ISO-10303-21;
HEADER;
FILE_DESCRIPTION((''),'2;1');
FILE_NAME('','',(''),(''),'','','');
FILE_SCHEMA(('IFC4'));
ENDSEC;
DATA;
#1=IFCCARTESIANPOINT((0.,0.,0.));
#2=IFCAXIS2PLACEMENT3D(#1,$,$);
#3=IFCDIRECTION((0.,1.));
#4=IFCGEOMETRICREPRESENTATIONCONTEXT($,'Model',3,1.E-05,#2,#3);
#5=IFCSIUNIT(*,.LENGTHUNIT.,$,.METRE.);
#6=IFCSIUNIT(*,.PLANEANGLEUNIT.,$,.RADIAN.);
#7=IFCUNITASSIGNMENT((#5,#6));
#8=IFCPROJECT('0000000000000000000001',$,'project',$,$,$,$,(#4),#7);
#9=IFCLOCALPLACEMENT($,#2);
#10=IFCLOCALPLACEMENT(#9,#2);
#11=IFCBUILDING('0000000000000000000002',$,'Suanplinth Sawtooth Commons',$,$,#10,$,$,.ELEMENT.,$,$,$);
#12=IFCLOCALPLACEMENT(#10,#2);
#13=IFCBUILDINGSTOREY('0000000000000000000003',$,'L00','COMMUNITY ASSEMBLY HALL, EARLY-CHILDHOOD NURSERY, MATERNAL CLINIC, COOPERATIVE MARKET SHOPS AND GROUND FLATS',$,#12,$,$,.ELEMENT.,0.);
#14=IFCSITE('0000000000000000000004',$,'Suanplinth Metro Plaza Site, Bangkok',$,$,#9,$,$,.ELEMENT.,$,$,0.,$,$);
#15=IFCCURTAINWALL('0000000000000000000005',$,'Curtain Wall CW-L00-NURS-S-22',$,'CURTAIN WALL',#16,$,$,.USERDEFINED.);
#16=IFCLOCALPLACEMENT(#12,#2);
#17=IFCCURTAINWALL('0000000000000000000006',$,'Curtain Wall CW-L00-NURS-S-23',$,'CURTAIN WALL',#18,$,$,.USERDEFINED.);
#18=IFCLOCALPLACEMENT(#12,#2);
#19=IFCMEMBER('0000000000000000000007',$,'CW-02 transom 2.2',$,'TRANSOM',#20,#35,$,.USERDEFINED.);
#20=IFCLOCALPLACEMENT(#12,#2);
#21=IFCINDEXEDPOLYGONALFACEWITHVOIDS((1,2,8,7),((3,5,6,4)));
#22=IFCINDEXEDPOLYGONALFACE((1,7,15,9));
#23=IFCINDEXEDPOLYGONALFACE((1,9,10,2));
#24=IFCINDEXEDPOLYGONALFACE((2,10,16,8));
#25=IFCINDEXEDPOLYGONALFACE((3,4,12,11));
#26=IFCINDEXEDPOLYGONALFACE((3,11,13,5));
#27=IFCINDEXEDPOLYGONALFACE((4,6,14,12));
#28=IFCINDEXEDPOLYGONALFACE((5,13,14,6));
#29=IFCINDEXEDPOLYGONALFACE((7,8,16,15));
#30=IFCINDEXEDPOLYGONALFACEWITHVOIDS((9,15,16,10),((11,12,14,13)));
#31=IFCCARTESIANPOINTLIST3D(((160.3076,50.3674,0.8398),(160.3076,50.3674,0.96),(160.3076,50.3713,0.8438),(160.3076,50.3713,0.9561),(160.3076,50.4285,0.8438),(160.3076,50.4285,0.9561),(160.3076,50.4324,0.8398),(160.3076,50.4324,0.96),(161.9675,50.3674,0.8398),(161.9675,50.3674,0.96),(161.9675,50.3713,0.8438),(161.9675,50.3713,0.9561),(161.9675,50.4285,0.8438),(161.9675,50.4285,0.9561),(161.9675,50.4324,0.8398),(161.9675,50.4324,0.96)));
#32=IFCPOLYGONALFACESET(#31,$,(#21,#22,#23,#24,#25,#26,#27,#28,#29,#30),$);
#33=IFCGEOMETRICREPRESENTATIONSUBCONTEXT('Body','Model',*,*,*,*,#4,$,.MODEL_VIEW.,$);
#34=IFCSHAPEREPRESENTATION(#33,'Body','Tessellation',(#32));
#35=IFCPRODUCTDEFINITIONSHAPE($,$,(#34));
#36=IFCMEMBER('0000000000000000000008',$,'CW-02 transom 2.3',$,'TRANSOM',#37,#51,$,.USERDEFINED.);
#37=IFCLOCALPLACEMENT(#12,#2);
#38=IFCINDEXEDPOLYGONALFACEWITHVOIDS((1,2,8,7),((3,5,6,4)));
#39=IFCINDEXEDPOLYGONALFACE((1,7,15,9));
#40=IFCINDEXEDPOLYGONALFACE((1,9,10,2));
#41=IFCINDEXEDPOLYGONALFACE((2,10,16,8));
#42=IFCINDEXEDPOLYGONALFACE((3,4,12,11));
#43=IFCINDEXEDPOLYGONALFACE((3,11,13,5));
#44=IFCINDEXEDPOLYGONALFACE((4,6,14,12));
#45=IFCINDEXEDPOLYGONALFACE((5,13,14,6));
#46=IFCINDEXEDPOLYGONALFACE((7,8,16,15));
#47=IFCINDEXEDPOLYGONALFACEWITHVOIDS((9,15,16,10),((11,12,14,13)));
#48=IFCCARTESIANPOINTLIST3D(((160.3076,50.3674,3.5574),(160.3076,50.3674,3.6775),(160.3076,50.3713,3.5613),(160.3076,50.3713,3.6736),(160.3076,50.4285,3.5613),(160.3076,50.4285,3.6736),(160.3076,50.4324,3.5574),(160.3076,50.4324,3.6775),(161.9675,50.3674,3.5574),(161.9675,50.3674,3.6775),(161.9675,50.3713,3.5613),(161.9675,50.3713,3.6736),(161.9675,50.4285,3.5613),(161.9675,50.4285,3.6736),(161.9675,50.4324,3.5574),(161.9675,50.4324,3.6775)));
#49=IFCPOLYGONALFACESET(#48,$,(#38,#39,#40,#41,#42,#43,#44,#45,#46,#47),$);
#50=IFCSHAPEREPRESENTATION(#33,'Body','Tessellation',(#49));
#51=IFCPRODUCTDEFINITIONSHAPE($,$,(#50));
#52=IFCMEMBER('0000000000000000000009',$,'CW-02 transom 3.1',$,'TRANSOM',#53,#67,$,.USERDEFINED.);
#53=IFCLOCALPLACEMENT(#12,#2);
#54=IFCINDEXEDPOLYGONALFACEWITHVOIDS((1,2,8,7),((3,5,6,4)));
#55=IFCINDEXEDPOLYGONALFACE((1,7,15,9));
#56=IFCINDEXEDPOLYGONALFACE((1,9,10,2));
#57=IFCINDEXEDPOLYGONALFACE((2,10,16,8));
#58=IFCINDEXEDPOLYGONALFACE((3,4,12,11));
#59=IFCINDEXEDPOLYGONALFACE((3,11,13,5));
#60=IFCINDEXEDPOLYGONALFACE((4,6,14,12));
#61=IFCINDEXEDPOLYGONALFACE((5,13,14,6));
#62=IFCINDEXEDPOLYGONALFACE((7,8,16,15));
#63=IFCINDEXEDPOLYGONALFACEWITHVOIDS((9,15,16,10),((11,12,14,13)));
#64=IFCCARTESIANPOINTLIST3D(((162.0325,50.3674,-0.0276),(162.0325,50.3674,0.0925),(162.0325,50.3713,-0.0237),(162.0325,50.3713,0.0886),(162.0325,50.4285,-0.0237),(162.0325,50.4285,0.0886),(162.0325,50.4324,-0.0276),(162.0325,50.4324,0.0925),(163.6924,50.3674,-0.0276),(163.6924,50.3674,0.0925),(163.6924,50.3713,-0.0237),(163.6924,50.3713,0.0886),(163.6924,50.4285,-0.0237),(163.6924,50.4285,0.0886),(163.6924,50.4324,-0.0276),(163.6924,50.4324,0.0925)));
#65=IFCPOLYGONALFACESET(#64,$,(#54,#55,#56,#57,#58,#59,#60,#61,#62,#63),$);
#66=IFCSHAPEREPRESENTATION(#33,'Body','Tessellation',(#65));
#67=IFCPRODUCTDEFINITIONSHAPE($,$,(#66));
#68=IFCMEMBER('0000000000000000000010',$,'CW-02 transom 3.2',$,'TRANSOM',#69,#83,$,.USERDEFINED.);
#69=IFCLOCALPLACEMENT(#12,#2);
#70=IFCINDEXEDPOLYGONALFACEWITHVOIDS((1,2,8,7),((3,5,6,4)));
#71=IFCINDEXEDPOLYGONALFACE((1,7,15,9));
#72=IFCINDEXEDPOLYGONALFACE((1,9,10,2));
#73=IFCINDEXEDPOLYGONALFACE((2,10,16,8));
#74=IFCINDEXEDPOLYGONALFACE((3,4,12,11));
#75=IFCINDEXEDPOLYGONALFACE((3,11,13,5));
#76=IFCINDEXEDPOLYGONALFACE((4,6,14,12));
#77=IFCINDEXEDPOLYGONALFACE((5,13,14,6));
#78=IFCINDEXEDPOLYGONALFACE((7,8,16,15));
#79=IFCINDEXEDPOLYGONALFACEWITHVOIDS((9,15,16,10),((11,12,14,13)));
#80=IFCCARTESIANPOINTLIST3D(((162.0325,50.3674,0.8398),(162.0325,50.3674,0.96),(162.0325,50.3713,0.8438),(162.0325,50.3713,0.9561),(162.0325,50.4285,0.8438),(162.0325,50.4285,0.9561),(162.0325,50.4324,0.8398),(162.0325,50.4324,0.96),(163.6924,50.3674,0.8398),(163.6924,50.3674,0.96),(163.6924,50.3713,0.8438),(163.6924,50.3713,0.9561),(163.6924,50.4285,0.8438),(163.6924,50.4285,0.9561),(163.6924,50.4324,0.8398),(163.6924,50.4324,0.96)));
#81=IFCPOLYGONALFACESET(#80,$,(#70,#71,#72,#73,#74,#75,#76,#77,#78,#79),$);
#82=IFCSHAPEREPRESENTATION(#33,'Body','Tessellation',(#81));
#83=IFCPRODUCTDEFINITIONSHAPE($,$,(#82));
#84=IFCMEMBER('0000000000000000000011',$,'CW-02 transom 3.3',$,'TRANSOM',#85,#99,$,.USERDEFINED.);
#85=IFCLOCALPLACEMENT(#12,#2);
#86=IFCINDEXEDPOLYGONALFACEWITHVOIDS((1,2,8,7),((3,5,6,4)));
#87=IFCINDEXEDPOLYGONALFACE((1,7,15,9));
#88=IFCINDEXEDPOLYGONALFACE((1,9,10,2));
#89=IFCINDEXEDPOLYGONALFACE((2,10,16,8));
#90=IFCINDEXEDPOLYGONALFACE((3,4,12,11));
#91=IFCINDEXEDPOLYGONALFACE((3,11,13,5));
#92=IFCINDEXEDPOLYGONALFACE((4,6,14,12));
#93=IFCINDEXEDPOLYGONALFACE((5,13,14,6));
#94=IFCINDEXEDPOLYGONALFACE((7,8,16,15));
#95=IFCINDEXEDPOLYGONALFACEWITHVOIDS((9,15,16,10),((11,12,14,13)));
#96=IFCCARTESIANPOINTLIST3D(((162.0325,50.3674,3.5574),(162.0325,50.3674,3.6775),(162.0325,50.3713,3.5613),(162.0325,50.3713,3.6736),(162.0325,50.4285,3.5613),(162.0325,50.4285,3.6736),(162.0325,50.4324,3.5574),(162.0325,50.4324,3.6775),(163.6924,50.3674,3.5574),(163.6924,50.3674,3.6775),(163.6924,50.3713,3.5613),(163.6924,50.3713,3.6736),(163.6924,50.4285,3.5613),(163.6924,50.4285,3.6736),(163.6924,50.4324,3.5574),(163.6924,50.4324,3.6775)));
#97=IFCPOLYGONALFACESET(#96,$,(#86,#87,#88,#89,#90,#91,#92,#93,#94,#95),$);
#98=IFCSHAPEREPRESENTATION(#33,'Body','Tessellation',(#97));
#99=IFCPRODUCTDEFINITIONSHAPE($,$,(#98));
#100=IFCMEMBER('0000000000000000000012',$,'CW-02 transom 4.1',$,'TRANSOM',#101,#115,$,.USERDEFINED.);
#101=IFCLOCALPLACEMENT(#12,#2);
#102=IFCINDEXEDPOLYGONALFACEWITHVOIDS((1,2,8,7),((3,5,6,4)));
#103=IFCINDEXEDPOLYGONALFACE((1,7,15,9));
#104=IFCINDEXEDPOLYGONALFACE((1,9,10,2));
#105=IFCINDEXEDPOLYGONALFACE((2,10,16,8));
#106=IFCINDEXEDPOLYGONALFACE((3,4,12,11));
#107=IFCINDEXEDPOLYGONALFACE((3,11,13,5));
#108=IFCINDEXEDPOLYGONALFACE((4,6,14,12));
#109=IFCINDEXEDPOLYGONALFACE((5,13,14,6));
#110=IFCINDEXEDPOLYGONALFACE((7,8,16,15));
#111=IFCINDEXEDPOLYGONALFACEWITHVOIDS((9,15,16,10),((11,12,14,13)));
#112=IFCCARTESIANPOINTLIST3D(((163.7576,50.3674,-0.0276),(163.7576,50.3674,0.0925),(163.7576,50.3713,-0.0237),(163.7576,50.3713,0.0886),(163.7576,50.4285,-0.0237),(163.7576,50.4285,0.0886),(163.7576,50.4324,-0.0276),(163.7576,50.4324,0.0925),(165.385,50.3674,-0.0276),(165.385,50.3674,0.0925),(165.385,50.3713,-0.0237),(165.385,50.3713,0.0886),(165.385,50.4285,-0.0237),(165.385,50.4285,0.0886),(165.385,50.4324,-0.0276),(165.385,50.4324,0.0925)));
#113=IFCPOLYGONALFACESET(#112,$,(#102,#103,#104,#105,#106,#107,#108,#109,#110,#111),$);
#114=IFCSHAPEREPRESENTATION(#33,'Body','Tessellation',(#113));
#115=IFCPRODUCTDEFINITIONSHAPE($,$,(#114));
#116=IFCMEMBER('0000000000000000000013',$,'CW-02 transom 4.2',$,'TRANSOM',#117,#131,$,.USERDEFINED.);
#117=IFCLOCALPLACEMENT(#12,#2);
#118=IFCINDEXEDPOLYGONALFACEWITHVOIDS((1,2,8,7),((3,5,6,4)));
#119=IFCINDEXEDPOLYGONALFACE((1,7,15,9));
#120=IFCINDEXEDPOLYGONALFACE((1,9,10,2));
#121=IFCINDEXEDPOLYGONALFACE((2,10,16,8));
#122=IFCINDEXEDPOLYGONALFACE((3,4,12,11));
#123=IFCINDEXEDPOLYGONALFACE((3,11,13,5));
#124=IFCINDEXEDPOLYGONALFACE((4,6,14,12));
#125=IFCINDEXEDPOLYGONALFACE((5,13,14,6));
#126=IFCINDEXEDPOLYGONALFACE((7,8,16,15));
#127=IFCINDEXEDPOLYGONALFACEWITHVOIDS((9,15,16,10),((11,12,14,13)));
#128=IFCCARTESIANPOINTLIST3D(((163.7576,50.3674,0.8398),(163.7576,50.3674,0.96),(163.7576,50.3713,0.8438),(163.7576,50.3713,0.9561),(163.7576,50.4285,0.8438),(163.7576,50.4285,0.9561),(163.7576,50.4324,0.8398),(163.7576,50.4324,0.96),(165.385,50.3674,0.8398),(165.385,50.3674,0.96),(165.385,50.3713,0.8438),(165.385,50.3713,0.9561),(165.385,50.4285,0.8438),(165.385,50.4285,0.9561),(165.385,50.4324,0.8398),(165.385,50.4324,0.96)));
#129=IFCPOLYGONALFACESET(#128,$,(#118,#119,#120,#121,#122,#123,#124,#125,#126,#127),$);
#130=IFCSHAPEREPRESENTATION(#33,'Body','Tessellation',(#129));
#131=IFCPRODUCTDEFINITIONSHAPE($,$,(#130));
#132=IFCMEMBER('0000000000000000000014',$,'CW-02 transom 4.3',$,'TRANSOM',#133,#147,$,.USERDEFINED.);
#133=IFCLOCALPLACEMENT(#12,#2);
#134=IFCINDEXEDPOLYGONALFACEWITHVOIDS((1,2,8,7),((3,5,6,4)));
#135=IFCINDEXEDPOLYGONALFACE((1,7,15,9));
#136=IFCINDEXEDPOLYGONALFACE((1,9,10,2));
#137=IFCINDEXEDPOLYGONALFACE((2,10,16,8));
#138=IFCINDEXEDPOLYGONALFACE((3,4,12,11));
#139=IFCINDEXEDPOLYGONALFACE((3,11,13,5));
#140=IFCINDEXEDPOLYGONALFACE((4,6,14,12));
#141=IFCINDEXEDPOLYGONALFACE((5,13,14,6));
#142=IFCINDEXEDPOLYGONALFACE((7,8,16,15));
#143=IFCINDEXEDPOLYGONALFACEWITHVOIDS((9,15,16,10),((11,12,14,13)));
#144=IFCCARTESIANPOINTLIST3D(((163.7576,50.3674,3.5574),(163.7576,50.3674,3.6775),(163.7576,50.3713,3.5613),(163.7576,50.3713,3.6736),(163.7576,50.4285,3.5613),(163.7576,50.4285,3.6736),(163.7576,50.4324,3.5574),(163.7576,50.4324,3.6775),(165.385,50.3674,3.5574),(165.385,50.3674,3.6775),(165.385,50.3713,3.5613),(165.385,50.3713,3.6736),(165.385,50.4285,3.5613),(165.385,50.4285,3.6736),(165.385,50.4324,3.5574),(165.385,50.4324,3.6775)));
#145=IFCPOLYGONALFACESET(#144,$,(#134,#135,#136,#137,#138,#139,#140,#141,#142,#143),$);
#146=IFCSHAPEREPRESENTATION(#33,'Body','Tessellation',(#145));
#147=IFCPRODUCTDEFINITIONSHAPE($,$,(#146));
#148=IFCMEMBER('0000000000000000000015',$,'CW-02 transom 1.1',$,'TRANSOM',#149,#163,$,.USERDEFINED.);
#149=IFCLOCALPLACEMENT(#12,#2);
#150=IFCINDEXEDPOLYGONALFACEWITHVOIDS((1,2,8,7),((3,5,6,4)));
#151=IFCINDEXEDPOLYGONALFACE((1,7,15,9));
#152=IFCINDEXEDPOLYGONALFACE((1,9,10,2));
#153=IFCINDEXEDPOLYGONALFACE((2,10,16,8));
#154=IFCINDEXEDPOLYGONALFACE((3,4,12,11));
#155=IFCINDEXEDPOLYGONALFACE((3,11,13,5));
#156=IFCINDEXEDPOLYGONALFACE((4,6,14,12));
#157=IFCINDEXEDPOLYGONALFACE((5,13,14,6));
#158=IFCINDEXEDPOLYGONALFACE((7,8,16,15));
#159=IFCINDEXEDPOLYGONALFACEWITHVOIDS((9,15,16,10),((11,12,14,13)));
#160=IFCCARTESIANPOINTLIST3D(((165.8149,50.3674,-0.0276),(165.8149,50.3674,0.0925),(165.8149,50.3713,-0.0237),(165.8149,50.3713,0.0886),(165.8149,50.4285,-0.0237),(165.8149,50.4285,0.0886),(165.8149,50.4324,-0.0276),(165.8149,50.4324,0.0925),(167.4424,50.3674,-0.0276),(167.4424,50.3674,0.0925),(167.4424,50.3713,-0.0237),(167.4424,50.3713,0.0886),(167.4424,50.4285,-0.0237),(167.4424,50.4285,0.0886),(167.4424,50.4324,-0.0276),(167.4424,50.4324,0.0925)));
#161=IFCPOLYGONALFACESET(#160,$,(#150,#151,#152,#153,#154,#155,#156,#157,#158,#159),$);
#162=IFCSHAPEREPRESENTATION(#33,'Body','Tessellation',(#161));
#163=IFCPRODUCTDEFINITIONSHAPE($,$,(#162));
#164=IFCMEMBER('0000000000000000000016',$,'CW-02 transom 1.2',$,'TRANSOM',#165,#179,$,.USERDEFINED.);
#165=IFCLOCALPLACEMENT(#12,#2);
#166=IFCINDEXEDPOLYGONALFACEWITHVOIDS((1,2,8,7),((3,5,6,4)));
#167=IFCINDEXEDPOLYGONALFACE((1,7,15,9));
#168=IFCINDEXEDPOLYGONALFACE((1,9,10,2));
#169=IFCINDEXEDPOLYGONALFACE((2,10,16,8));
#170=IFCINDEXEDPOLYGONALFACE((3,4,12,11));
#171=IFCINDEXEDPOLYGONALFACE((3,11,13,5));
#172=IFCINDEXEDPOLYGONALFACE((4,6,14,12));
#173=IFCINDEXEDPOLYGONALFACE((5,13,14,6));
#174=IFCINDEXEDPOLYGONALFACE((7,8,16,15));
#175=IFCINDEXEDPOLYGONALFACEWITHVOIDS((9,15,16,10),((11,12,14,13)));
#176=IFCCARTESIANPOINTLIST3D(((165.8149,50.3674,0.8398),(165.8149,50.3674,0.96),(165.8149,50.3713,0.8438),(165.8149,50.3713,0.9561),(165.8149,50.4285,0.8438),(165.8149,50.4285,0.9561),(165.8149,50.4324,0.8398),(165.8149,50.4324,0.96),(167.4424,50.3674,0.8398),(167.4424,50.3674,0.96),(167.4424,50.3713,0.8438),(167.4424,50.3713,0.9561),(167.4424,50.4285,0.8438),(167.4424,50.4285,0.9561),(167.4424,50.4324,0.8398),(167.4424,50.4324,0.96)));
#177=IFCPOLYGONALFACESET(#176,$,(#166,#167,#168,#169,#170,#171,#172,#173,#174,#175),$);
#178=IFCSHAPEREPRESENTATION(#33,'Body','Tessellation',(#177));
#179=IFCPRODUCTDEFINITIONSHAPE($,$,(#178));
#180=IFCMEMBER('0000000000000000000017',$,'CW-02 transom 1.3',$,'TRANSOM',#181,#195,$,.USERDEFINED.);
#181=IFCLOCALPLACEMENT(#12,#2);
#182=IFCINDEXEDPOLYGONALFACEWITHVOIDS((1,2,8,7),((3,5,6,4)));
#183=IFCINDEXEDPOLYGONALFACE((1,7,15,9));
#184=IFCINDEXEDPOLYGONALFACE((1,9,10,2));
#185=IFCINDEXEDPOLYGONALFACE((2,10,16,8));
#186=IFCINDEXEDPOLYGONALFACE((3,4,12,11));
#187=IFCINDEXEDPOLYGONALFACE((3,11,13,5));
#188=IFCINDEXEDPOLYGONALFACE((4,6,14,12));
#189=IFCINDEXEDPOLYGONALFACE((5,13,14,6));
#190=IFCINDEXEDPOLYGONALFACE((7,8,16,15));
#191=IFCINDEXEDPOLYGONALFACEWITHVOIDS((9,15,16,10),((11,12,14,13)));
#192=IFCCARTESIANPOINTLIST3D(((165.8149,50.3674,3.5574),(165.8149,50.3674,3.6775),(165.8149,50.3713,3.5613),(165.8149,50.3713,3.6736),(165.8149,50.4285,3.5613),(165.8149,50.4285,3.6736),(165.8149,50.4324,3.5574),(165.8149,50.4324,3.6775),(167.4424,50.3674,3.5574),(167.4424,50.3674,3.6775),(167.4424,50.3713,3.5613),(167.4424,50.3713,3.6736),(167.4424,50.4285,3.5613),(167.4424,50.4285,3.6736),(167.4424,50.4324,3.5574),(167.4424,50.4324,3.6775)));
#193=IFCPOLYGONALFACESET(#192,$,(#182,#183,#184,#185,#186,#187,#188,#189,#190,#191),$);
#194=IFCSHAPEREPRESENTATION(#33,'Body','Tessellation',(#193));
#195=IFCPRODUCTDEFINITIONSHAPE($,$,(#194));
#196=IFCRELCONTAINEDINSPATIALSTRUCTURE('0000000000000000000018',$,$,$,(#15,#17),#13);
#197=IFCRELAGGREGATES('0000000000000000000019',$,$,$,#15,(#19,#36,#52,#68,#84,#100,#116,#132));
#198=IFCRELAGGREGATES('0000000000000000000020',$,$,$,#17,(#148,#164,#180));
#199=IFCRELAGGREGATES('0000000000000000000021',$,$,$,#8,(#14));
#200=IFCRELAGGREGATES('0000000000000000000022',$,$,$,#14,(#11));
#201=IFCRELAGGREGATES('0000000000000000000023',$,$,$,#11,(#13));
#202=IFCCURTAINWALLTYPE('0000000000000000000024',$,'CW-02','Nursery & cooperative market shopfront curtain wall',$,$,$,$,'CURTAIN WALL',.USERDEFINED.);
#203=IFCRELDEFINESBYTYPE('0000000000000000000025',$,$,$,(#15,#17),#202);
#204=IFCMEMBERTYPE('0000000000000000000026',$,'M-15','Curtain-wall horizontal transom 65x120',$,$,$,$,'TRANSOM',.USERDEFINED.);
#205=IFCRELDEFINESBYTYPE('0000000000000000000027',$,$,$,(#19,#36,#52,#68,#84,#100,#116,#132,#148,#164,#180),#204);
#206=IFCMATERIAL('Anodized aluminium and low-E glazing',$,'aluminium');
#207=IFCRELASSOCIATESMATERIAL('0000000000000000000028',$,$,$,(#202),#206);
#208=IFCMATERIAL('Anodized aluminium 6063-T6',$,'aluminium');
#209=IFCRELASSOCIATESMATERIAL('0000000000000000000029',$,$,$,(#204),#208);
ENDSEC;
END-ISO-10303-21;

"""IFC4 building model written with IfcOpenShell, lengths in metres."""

from ifc_helpers import new_model, si_unit, direction, frame, origin, origin_2d, place, context, subcontext, project, spatial, hollow_rectangle, extrude, material, material_profile, profile_set, type_object, element, aggregate, save


model = new_model("IFC4")

# Units and contexts
model_context = context("Model", 3, precision=1e-05, world=origin(), true_north=direction((0.0, 1.0)))
body_context = subcontext(model_context, "Body", "Model", "MODEL_VIEW")
ifc_project = project(units=[si_unit("LENGTHUNIT", "METRE"), si_unit("PLANEANGLEUNIT", "RADIAN")], contexts=[model_context])

# Site, building, storey
site_placement = place(None, origin())
site = spatial("IfcSite", under=ifc_project, at=site_placement, Name="Suanplinth Metro Plaza Site, Bangkok", CompositionType="ELEMENT", RefElevation=0.0)
building_placement = place(site_placement, origin())
building = spatial("IfcBuilding", under=site, at=building_placement, Name="Suanplinth Sawtooth Commons", CompositionType="ELEMENT")
storey_placement = place(building_placement, origin())
storey = spatial("IfcBuildingStorey", under=building, at=storey_placement, Name="L00", Description="COMMUNITY ASSEMBLY HALL, EARLY-CHILDHOOD NURSERY, MATERNAL CLINIC, COOPERATIVE MARKET SHOPS AND GROUND FLATS", CompositionType="ELEMENT", Elevation=0.0)

# Curtain walls
ifc_material_1 = material(Name="Anodized aluminium and low-E glazing", Category="aluminium")
curtain_wall_type = type_object("IfcCurtainWallType", Name="CW-02", Description="Nursery & cooperative market shopfront curtain wall", ElementType="CURTAIN WALL", PredefinedType="USERDEFINED", material=ifc_material_1)
curtain_wall_1_placement = place(storey_placement, origin())
curtain_wall_1 = element("IfcCurtainWall", 1, at=curtain_wall_1_placement, inside=storey, type_object=curtain_wall_type, Name="Curtain Wall CW-L00-NURS-S-22", ObjectType="CURTAIN WALL", PredefinedType="USERDEFINED")
ifc_material_2 = material(Name="Anodized aluminium 6063-T6", Category="aluminium")
curtain_wall_2_placement = place(storey_placement, origin())
curtain_wall_2 = element("IfcCurtainWall", 2, at=curtain_wall_2_placement, inside=storey, type_object=curtain_wall_type, Name="Curtain Wall CW-L00-NURS-S-23", ObjectType="CURTAIN WALL", PredefinedType="USERDEFINED")

# Members
ifc_material_profile_1 = material_profile(ifc_material_2, hollow_rectangle(XDim=0.0649, YDim=0.1201, WallThickness=0.0039, at=origin_2d()), Name="ALU-TRN 65x120")
ifc_profile_set_1 = profile_set([ifc_material_profile_1], Name="Anodized aluminium 6063-T6")
member_type_1 = type_object("IfcMemberType", Name="M-15", Description="Curtain-wall horizontal transom 65x120", ElementType="TRANSOM", PredefinedType="USERDEFINED", material=ifc_profile_set_1)
member_1_placement = place(storey_placement, frame((160.3076, 50.3999, 0.8999), z_axis=(1.0, 0.0, 0.0), x_axis=(0.0, 1.0, 0.0)))
member_1 = element("IfcMember", 3, at=member_1_placement, type_object=member_type_1, Name="CW-02 transom 2.2", ObjectType="TRANSOM", PredefinedType="USERDEFINED", context=body_context, shape_type="SweptSolid", body=[
    extrude(hollow_rectangle(XDim=0.0649, YDim=0.1201, WallThickness=0.0039, at=origin_2d()), origin(), (0.0, 0.0, 1.0), 1.6599),
])
member_2_placement = place(storey_placement, frame((160.3076, 50.3999, 3.6174), z_axis=(1.0, 0.0, 0.0), x_axis=(0.0, 1.0, 0.0)))
member_2 = element("IfcMember", 4, at=member_2_placement, type_object=member_type_1, Name="CW-02 transom 2.3", ObjectType="TRANSOM", PredefinedType="USERDEFINED", context=body_context, shape_type="SweptSolid", body=[
    extrude(hollow_rectangle(XDim=0.0649, YDim=0.1201, WallThickness=0.0039, at=origin_2d()), origin(), (0.0, 0.0, 1.0), 1.6599),
])
member_3_placement = place(storey_placement, frame((162.0325, 50.3999, 0.0325), z_axis=(1.0, 0.0, 0.0), x_axis=(0.0, 1.0, 0.0)))
member_3 = element("IfcMember", 5, at=member_3_placement, type_object=member_type_1, Name="CW-02 transom 3.1", ObjectType="TRANSOM", PredefinedType="USERDEFINED", context=body_context, shape_type="SweptSolid", body=[
    extrude(hollow_rectangle(XDim=0.0649, YDim=0.1201, WallThickness=0.0039, at=origin_2d()), origin(), (0.0, 0.0, 1.0), 1.6599),
])
member_4_placement = place(storey_placement, frame((162.0325, 50.3999, 0.8999), z_axis=(1.0, 0.0, 0.0), x_axis=(0.0, 1.0, 0.0)))
member_4 = element("IfcMember", 6, at=member_4_placement, type_object=member_type_1, Name="CW-02 transom 3.2", ObjectType="TRANSOM", PredefinedType="USERDEFINED", context=body_context, shape_type="SweptSolid", body=[
    extrude(hollow_rectangle(XDim=0.0649, YDim=0.1201, WallThickness=0.0039, at=origin_2d()), origin(), (0.0, 0.0, 1.0), 1.6599),
])
member_5_placement = place(storey_placement, frame((162.0325, 50.3999, 3.6174), z_axis=(1.0, 0.0, 0.0), x_axis=(0.0, 1.0, 0.0)))
member_5 = element("IfcMember", 7, at=member_5_placement, type_object=member_type_1, Name="CW-02 transom 3.3", ObjectType="TRANSOM", PredefinedType="USERDEFINED", context=body_context, shape_type="SweptSolid", body=[
    extrude(hollow_rectangle(XDim=0.0649, YDim=0.1201, WallThickness=0.0039, at=origin_2d()), origin(), (0.0, 0.0, 1.0), 1.6599),
])
member_6_placement = place(storey_placement, frame((163.7576, 50.3999, 0.0325), z_axis=(1.0, 0.0, 0.0), x_axis=(0.0, 1.0, 0.0)))
member_6 = element("IfcMember", 8, at=member_6_placement, type_object=member_type_1, Name="CW-02 transom 4.1", ObjectType="TRANSOM", PredefinedType="USERDEFINED", context=body_context, shape_type="SweptSolid", body=[
    extrude(hollow_rectangle(XDim=0.0649, YDim=0.1201, WallThickness=0.0039, at=origin_2d()), origin(), (0.0, 0.0, 1.0), 1.6274),
])
member_7_placement = place(storey_placement, frame((163.7576, 50.3999, 0.8999), z_axis=(1.0, 0.0, 0.0), x_axis=(0.0, 1.0, 0.0)))
member_7 = element("IfcMember", 9, at=member_7_placement, type_object=member_type_1, Name="CW-02 transom 4.2", ObjectType="TRANSOM", PredefinedType="USERDEFINED", context=body_context, shape_type="SweptSolid", body=[
    extrude(hollow_rectangle(XDim=0.0649, YDim=0.1201, WallThickness=0.0039, at=origin_2d()), origin(), (0.0, 0.0, 1.0), 1.6274),
])
member_8_placement = place(storey_placement, frame((163.7576, 50.3999, 3.6174), z_axis=(1.0, 0.0, 0.0), x_axis=(0.0, 1.0, 0.0)))
member_8 = element("IfcMember", 10, at=member_8_placement, type_object=member_type_1, Name="CW-02 transom 4.3", ObjectType="TRANSOM", PredefinedType="USERDEFINED", context=body_context, shape_type="SweptSolid", body=[
    extrude(hollow_rectangle(XDim=0.0649, YDim=0.1201, WallThickness=0.0039, at=origin_2d()), origin(), (0.0, 0.0, 1.0), 1.6274),
])
member_9_placement = place(storey_placement, frame((165.8149, 50.3999, 0.0325), z_axis=(1.0, 0.0, 0.0), x_axis=(0.0, 1.0, 0.0)))
member_9 = element("IfcMember", 11, at=member_9_placement, type_object=member_type_1, Name="CW-02 transom 1.1", ObjectType="TRANSOM", PredefinedType="USERDEFINED", context=body_context, shape_type="SweptSolid", body=[
    extrude(hollow_rectangle(XDim=0.0649, YDim=0.1201, WallThickness=0.0039, at=origin_2d()), origin(), (0.0, 0.0, 1.0), 1.6274),
])
member_10_placement = place(storey_placement, frame((165.8149, 50.3999, 0.8999), z_axis=(1.0, 0.0, 0.0), x_axis=(0.0, 1.0, 0.0)))
member_10 = element("IfcMember", 12, at=member_10_placement, type_object=member_type_1, Name="CW-02 transom 1.2", ObjectType="TRANSOM", PredefinedType="USERDEFINED", context=body_context, shape_type="SweptSolid", body=[
    extrude(hollow_rectangle(XDim=0.0649, YDim=0.1201, WallThickness=0.0039, at=origin_2d()), origin(), (0.0, 0.0, 1.0), 1.6274),
])
member_11_placement = place(storey_placement, frame((165.8149, 50.3999, 3.6174), z_axis=(1.0, 0.0, 0.0), x_axis=(0.0, 1.0, 0.0)))
member_11 = element("IfcMember", 13, at=member_11_placement, type_object=member_type_1, Name="CW-02 transom 1.3", ObjectType="TRANSOM", PredefinedType="USERDEFINED", context=body_context, shape_type="SweptSolid", body=[
    extrude(hollow_rectangle(XDim=0.0649, YDim=0.1201, WallThickness=0.0039, at=origin_2d()), origin(), (0.0, 0.0, 1.0), 1.6274),
])

aggregate(curtain_wall_1, [member_1, member_2, member_3, member_4, member_5, member_6, member_7, member_8])
aggregate(curtain_wall_2, [member_9, member_10, member_11])

save(model, "model.ifc")
